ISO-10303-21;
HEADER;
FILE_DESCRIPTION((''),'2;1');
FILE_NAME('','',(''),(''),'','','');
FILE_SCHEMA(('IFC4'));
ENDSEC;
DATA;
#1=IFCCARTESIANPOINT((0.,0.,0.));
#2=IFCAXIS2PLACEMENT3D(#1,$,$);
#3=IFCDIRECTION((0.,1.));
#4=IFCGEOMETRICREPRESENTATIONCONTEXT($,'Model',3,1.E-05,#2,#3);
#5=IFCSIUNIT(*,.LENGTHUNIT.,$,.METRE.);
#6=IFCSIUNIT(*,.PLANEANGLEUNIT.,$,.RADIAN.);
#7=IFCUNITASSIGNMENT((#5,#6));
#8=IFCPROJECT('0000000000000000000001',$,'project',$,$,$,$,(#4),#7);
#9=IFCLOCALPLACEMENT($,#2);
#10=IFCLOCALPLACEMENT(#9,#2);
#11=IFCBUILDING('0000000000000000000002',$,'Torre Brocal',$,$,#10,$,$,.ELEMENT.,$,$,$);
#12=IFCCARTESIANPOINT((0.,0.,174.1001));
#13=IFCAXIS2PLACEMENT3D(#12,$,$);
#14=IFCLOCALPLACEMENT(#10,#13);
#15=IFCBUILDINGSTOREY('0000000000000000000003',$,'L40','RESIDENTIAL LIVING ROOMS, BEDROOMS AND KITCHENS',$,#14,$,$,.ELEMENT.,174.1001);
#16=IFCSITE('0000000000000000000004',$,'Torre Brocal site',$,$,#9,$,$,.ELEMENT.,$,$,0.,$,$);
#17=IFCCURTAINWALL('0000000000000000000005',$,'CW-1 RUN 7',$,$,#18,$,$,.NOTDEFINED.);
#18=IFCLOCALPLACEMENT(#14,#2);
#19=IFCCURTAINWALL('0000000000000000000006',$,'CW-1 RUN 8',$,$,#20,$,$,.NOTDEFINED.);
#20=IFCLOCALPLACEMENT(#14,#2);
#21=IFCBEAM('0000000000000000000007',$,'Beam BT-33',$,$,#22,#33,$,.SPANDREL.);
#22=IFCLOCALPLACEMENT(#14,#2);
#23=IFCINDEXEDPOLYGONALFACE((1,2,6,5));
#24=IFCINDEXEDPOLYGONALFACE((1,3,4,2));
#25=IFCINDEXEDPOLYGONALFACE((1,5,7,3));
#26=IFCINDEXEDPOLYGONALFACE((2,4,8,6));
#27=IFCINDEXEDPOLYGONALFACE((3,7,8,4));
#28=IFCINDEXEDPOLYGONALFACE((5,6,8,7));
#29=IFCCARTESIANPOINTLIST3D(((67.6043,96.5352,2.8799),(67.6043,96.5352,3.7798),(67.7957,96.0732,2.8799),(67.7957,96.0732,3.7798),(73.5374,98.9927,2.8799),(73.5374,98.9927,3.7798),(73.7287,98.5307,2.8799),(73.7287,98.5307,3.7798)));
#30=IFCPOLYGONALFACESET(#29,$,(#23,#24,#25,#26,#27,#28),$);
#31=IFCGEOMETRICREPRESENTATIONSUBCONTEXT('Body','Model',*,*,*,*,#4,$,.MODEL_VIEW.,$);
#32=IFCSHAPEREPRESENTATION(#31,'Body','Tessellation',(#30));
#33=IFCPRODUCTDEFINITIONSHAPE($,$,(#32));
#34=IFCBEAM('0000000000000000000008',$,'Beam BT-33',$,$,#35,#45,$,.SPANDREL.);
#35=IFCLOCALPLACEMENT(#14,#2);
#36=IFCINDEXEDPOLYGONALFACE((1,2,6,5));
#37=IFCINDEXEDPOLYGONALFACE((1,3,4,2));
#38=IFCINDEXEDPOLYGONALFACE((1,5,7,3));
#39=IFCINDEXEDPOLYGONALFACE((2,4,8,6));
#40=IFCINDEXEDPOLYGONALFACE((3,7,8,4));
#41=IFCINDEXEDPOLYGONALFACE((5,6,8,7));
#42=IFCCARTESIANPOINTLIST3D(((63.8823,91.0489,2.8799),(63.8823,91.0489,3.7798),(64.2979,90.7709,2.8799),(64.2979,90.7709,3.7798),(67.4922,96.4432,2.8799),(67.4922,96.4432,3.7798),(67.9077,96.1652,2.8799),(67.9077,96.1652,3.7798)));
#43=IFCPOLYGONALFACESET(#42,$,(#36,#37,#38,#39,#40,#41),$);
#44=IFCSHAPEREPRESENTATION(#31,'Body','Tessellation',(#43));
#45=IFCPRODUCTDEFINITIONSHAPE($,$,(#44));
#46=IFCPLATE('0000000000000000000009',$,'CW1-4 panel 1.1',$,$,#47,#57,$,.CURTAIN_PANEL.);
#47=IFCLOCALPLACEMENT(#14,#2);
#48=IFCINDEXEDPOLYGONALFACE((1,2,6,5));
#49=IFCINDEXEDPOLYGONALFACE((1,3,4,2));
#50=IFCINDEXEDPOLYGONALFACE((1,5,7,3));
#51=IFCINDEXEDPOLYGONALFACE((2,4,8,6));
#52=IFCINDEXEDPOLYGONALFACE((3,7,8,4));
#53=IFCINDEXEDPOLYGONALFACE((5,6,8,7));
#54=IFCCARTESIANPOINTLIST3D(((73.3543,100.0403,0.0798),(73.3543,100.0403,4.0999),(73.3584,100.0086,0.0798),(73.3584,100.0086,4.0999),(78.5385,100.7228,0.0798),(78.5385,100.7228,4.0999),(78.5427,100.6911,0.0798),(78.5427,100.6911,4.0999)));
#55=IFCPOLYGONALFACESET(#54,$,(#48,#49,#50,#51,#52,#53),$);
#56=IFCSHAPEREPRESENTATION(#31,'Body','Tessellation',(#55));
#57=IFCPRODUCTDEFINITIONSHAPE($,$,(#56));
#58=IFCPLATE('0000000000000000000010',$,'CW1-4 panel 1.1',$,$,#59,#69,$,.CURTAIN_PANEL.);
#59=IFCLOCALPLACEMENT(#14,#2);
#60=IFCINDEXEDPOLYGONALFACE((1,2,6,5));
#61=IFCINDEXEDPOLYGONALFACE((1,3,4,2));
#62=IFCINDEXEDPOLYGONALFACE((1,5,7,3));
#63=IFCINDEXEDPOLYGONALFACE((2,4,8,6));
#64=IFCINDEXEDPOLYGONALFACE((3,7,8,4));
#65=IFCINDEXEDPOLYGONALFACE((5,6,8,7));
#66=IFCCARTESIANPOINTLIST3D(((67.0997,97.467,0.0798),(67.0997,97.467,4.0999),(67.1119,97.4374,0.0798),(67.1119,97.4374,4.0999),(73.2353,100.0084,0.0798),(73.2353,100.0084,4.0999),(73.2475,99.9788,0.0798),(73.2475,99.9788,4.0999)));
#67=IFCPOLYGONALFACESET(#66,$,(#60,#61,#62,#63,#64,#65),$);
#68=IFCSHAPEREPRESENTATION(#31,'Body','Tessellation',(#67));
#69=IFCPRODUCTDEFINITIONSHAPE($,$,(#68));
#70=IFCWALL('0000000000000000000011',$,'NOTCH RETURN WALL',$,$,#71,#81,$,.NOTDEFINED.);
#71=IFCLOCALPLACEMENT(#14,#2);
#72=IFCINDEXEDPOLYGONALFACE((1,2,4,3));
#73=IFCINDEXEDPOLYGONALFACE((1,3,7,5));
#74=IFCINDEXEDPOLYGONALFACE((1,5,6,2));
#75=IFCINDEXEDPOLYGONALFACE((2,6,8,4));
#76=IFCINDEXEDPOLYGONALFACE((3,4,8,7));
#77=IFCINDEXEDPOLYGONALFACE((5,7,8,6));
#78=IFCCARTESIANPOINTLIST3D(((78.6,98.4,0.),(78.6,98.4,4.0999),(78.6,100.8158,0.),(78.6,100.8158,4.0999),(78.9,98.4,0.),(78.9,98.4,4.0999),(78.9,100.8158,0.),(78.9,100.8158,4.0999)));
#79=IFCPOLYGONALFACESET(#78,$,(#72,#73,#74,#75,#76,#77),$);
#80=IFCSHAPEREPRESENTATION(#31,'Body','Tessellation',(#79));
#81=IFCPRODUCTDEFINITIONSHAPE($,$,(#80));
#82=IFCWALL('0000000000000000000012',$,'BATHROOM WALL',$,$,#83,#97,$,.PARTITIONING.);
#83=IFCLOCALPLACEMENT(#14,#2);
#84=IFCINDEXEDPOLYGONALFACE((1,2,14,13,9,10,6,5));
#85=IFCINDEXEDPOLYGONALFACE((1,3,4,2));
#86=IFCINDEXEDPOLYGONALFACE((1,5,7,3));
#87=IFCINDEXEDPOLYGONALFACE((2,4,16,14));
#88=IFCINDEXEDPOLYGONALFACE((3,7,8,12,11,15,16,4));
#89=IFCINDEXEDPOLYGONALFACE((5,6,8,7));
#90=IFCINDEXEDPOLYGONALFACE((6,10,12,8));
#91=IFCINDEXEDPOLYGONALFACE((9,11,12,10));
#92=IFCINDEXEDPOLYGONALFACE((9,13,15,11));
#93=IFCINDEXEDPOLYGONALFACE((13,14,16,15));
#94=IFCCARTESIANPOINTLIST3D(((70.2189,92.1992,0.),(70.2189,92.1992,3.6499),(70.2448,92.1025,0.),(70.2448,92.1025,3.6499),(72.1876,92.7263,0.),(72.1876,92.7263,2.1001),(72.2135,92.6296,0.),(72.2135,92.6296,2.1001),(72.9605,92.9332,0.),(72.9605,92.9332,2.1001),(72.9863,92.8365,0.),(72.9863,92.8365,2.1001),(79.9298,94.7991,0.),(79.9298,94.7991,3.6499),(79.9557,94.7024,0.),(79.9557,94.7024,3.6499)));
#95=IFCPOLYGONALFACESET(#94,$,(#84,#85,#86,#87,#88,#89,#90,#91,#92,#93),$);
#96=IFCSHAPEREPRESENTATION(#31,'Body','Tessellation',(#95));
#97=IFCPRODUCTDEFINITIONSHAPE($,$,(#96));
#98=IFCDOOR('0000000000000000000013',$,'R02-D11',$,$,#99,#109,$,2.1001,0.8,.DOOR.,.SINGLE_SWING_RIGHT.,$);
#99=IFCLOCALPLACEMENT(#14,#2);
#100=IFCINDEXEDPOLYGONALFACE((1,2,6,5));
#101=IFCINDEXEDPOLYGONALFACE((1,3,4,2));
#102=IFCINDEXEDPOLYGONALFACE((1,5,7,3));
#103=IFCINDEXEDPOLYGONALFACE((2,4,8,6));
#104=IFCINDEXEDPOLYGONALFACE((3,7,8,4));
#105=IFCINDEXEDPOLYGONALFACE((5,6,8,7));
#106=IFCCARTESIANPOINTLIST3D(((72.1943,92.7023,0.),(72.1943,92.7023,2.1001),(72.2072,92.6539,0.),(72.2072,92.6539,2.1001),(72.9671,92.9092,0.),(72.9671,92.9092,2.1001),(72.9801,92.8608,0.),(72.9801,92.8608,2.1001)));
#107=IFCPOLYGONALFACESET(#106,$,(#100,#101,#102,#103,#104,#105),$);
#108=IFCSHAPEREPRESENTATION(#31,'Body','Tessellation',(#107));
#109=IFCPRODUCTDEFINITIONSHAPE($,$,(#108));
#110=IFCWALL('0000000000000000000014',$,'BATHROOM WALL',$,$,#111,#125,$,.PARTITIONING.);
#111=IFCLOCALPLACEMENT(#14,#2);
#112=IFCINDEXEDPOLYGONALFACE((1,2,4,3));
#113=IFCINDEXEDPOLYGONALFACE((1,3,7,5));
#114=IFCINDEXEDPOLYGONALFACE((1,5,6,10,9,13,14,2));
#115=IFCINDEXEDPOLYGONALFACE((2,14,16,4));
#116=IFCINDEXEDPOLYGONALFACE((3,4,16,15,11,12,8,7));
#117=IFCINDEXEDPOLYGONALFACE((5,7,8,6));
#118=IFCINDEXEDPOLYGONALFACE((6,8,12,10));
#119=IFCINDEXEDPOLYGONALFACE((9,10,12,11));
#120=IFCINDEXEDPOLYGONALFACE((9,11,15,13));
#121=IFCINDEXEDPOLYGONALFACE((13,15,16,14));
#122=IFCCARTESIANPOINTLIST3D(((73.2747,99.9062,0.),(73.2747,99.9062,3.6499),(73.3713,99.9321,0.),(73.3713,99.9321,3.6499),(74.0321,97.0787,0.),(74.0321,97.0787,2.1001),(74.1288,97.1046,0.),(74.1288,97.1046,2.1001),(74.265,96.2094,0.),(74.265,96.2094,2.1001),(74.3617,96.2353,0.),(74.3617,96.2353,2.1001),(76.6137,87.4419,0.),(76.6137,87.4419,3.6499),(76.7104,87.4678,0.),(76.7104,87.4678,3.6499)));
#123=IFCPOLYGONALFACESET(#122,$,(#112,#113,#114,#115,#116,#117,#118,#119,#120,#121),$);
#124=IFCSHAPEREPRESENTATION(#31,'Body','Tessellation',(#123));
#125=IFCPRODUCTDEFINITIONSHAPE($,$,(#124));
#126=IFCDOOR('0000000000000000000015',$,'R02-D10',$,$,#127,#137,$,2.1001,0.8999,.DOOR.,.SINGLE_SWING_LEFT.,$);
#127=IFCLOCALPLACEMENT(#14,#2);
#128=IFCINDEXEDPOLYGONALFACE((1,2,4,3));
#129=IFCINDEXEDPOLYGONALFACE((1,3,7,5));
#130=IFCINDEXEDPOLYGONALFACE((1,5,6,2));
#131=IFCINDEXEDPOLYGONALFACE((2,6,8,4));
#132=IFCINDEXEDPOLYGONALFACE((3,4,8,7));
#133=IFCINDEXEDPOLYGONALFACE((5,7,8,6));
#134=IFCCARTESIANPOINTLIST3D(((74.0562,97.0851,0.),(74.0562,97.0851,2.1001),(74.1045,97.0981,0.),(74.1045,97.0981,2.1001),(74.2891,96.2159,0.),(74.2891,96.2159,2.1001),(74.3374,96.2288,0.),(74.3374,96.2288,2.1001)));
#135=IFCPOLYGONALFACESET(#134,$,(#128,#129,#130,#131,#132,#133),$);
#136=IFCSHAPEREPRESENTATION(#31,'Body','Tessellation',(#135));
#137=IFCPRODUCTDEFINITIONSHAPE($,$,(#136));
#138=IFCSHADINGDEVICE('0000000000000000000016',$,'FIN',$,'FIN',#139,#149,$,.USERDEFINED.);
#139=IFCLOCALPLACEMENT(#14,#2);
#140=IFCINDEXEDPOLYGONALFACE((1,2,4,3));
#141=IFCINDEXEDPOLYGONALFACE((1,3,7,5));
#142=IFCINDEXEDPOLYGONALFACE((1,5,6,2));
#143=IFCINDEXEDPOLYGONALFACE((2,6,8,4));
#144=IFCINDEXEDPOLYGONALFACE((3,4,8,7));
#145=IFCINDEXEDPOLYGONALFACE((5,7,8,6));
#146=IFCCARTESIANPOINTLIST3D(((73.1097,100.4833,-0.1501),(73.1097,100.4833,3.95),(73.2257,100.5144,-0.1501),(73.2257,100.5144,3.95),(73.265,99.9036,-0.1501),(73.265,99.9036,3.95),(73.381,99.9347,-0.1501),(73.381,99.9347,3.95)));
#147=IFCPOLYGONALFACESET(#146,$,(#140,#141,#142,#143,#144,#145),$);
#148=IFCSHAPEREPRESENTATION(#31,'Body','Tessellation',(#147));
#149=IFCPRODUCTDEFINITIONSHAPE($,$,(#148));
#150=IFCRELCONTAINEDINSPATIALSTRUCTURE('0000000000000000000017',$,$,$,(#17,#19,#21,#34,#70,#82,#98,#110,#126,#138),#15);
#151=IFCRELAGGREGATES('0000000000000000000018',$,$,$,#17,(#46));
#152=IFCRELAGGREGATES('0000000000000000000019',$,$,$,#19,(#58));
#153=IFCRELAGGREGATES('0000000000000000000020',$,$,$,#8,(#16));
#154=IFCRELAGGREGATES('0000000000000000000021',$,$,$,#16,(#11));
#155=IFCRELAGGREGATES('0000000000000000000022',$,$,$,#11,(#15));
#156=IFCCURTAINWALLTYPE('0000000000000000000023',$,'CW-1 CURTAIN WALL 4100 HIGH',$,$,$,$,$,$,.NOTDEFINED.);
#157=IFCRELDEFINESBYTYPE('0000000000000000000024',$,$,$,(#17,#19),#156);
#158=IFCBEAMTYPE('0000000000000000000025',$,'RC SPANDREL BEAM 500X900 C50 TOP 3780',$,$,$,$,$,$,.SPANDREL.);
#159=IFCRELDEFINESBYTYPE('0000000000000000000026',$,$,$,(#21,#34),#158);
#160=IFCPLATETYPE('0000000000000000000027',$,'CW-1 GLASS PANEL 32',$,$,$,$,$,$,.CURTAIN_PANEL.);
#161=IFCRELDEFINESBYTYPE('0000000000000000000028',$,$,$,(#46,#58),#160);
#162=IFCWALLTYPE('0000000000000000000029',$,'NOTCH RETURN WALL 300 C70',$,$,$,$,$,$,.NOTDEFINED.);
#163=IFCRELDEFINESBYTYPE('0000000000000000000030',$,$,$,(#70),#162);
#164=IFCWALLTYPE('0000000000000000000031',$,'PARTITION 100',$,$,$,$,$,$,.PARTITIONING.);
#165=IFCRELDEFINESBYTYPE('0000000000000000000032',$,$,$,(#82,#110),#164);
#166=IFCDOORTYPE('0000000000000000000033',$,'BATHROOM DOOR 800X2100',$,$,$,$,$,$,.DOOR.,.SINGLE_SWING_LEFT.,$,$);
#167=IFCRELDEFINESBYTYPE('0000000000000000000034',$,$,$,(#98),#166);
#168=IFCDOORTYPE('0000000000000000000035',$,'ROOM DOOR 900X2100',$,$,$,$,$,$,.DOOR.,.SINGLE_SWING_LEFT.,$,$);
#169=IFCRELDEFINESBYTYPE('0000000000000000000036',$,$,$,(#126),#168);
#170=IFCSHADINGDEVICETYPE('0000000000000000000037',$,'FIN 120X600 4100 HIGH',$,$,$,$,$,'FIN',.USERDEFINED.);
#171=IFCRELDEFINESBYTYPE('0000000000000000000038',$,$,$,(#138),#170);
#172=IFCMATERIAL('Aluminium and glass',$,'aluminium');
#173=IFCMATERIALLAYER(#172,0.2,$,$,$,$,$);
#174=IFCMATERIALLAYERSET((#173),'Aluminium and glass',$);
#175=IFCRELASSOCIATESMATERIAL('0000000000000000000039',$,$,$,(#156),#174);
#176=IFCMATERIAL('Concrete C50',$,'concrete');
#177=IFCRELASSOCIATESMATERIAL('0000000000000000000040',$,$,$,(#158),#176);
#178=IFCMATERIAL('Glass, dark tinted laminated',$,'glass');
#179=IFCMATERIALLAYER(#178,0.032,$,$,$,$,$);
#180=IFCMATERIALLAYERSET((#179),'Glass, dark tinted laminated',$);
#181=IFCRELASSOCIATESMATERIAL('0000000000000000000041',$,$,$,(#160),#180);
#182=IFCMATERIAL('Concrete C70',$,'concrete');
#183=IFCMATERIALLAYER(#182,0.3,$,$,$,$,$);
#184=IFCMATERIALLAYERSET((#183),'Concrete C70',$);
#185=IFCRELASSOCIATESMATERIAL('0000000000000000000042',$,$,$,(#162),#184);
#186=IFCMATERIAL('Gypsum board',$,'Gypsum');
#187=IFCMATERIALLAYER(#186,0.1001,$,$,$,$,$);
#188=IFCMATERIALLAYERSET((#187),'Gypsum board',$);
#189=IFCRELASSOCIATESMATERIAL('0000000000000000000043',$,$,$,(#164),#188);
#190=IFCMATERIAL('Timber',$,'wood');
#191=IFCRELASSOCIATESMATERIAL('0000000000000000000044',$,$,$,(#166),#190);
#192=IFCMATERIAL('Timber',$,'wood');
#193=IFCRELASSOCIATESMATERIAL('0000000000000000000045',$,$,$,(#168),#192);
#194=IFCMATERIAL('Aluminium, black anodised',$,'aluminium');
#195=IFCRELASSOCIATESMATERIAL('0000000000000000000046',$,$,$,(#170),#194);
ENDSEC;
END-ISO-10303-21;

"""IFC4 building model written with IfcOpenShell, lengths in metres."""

from ifc_helpers import new_model, si_unit, direction, frame, frame_2d, origin, origin_2d, place, context, subcontext, project, spatial, rectangle, extrude, material, layer, layer_set, material_profile, profile_set, type_object, element, fill, aggregate, save


model = new_model("IFC4")

# Units and contexts
model_context = context("Model", 3, precision=1e-05, world=origin(), true_north=direction((0.0, 1.0)))
body_context = subcontext(model_context, "Body", "Model", "MODEL_VIEW")
ifc_project = project(units=[si_unit("LENGTHUNIT", "METRE"), si_unit("PLANEANGLEUNIT", "RADIAN")], contexts=[model_context])

# Site, building, storey
site_placement = place(None, origin())
site = spatial("IfcSite", under=ifc_project, at=site_placement, Name="Torre Brocal site", CompositionType="ELEMENT", RefElevation=0.0)
building_placement = place(site_placement, origin())
building = spatial("IfcBuilding", under=site, at=building_placement, Name="Torre Brocal", CompositionType="ELEMENT")
storey_placement = place(building_placement, frame((0.0, 0.0, 174.1001)))
storey = spatial("IfcBuildingStorey", under=building, at=storey_placement, Name="L40", Description="RESIDENTIAL LIVING ROOMS, BEDROOMS AND KITCHENS", CompositionType="ELEMENT", Elevation=174.1001)

# Curtain wall
ifc_material_1 = material(Name="Aluminium and glass", Category="aluminium")
ifc_layer_1 = layer(ifc_material_1, 0.2)
ifc_layer_set_1 = layer_set([ifc_layer_1], Name="Aluminium and glass")
curtain_wall_type = type_object("IfcCurtainWallType", Name="CW-1 CURTAIN WALL 4100 HIGH", PredefinedType="NOTDEFINED", material=ifc_layer_set_1)
curtain_wall_1_placement = place(storey_placement, origin())
curtain_wall_1 = element("IfcCurtainWall", 1, at=curtain_wall_1_placement, inside=storey, type_object=curtain_wall_type, Name="CW-1 RUN 7", PredefinedType="NOTDEFINED")

# Curtain wall
curtain_wall_2_placement = place(storey_placement, origin())
curtain_wall_2 = element("IfcCurtainWall", 2, at=curtain_wall_2_placement, inside=storey, type_object=curtain_wall_type, Name="CW-1 RUN 8", PredefinedType="NOTDEFINED")

# Beams
ifc_material_2 = material(Name="Concrete C50", Category="concrete")
ifc_material_profile_1 = material_profile(ifc_material_2, rectangle(XDim=0.5, YDim=0.8999, at=origin_2d()), Name="RC 500X900")
ifc_profile_set_1 = profile_set([ifc_material_profile_1], Name="Concrete C50")
beam_type_1 = type_object("IfcBeamType", Name="RC SPANDREL BEAM 500X900 C50 TOP 3780", PredefinedType="SPANDREL", material=ifc_profile_set_1)
beam_1_placement = place(storey_placement, frame((73.6331, 98.7617, 3.3298), z_axis=(-0.923882, -0.382676, 0.0), x_axis=(0.382676, -0.923882, 0.0)))
element("IfcBeam", 3, at=beam_1_placement, inside=storey, type_object=beam_type_1, Name="Beam BT-33", PredefinedType="SPANDREL", context=body_context, shape_type="SweptSolid", body=[
    extrude(rectangle(XDim=0.5, YDim=0.8999, at=origin_2d()), origin(), (0.0, 0.0, 1.0), 6.4219),
])
beam_2_placement = place(storey_placement, frame((67.7, 96.3042, 3.3298), z_axis=(-0.556158, -0.831077, 0.0), x_axis=(0.831077, -0.556158, 0.0)))
element("IfcBeam", 4, at=beam_2_placement, inside=storey, type_object=beam_type_1, Name="Beam BT-33", PredefinedType="SPANDREL", context=body_context, shape_type="SweptSolid", body=[
    extrude(rectangle(XDim=0.5, YDim=0.8999, at=origin_2d()), origin(), (0.0, 0.0, 1.0), 6.4907),
])

# Plates
ifc_material_3 = material(Name="Glass, dark tinted laminated", Category="glass")
ifc_layer_2 = layer(ifc_material_3, 0.032)
ifc_layer_set_2 = layer_set([ifc_layer_2], Name="Glass, dark tinted laminated")
plate_type = type_object("IfcPlateType", Name="CW-1 GLASS PANEL 32", PredefinedType="CURTAIN_PANEL", material=ifc_layer_set_2)
plate_1_placement = place(storey_placement, frame((75.9485, 100.3657, 0.0798), z_axis=(0.0, 0.0, 1.0), x_axis=(-0.991445, -0.130526, 0.0)))
plate_1 = element("IfcPlate", 5, at=plate_1_placement, type_object=plate_type, Name="CW1-4 panel 1.1", PredefinedType="CURTAIN_PANEL", context=body_context, shape_type="SweptSolid", body=[
    extrude(rectangle(XDim=5.229, YDim=0.032, at=origin_2d()), origin(), (0.0, 0.0, 1.0), 4.02),
])
aggregate(curtain_wall_1, [plate_1])
plate_2_placement = place(storey_placement, frame((70.1736, 98.7229, 0.0798), z_axis=(0.0, 0.0, 1.0), x_axis=(-0.92388, -0.382683, 0.0)))
plate_2 = element("IfcPlate", 6, at=plate_2_placement, type_object=plate_type, Name="CW1-4 panel 1.1", PredefinedType="CURTAIN_PANEL", context=body_context, shape_type="SweptSolid", body=[
    extrude(rectangle(XDim=6.6411, YDim=0.032, at=origin_2d()), origin(), (0.0, 0.0, 1.0), 4.02),
])
aggregate(curtain_wall_2, [plate_2])

# Wall
ifc_material_4 = material(Name="Concrete C70", Category="concrete")
ifc_layer_3 = layer(ifc_material_4, 0.3)
ifc_layer_set_3 = layer_set([ifc_layer_3], Name="Concrete C70")
wall_type_1 = type_object("IfcWallType", Name="NOTCH RETURN WALL 300 C70", PredefinedType="NOTDEFINED", material=ifc_layer_set_3)
wall_1_placement = place(storey_placement, frame((78.75, 98.3999, 0.0), z_axis=(0.0, 0.0, 1.0), x_axis=(0.0, 1.0, 0.0)))
element("IfcWall", 7, at=wall_1_placement, inside=storey, type_object=wall_type_1, Name="NOTCH RETURN WALL", PredefinedType="NOTDEFINED", context=body_context, shape_type="SweptSolid", body=[
    extrude(rectangle(XDim=2.4158, YDim=0.3, at=frame_2d((1.208, 0.0))), origin(), (0.0, 0.0, 1.0), 4.0999),
])

# Walls, openings, doors
ifc_material_5 = material(Name="Gypsum board", Category="Gypsum")
ifc_layer_4 = layer(ifc_material_5, 0.1001)
ifc_layer_set_4 = layer_set([ifc_layer_4], Name="Gypsum board")
wall_type_2 = type_object("IfcWallType", Name="PARTITION 100", PredefinedType="PARTITIONING", material=ifc_layer_set_4)
wall_2_placement = place(storey_placement, frame((70.2319, 92.1509, 0.0), z_axis=(0.0, 0.0, 1.0), x_axis=(0.96598, 0.258616, 0.0)))
wall_2 = element("IfcWall", 8, at=wall_2_placement, inside=storey, type_object=wall_type_2, Name="BATHROOM WALL", PredefinedType="PARTITIONING", context=body_context, shape_type="SweptSolid", body=[
    extrude(rectangle(XDim=10.053, YDim=0.1001, at=frame_2d((5.0264, 0.0))), origin(), (0.0, 0.0, 1.0), 3.6499),
])
opening_1_placement = place(wall_2_placement, frame((2.0381, 0.0, 0.0)))
opening_1 = element("IfcOpeningElement", 9, at=opening_1_placement, cuts=wall_2, PredefinedType="OPENING", context=body_context, shape_type="SweptSolid", body=[
    extrude(rectangle(XDim=0.8, YDim=2.1001, at=frame_2d((0.3999, 1.05))), frame((0.0, 0.0601, 0.0), z_axis=(0.0, -1.0, 0.0), x_axis=(1.0, 0.0, 0.0)), (0.0, 0.0, 1.0), 0.1201),
])
ifc_material_6 = material(Name="Timber", Category="wood")
door_type_1 = type_object("IfcDoorType", Name="BATHROOM DOOR 800X2100", OperationType="SINGLE_SWING_LEFT", PredefinedType="DOOR", material=ifc_material_6)
door_1_placement = place(opening_1_placement, frame((0.8, 0.0, 0.0), z_axis=(0.0, 0.0, 1.0), x_axis=(-1.0, 0.0, 0.0)))
door_1 = element("IfcDoor", 10, at=door_1_placement, inside=storey, type_object=door_type_1, Name="R02-D11", OperationType="SINGLE_SWING_RIGHT", OverallHeight=2.1001, OverallWidth=0.8, PredefinedType="DOOR", context=body_context, shape_type="SweptSolid", body=[
    extrude(rectangle(XDim=0.8, YDim=2.1001, at=frame_2d((0.3999, 1.05))), frame((0.0, 0.0249, 0.0), z_axis=(0.0, -1.0, 0.0), x_axis=(1.0, 0.0, 0.0)), (0.0, 0.0, 1.0), 0.05),
])
fill(opening_1, door_1)
wall_3_placement = place(storey_placement, frame((73.323, 99.9192, 0.0), z_axis=(0.0, 0.0, 1.0), x_axis=(0.258768, -0.965939, 0.0)))
wall_3 = element("IfcWall", 11, at=wall_3_placement, inside=storey, type_object=wall_type_2, Name="BATHROOM WALL", PredefinedType="PARTITIONING", context=body_context, shape_type="SweptSolid", body=[
    extrude(rectangle(XDim=12.9038, YDim=0.1001, at=frame_2d((6.4519, 0.0))), origin(), (0.0, 0.0, 1.0), 3.6499),
])
opening_2_placement = place(wall_3_placement, frame((2.9272, 0.0, 0.0)))
opening_2 = element("IfcOpeningElement", 12, at=opening_2_placement, cuts=wall_3, PredefinedType="OPENING", context=body_context, shape_type="SweptSolid", body=[
    extrude(rectangle(XDim=0.8999, YDim=2.1001, at=frame_2d((0.45, 1.05))), frame((0.0, 0.0601, 0.0), z_axis=(0.0, -1.0, 0.0), x_axis=(1.0, 0.0, 0.0)), (0.0, 0.0, 1.0), 0.1201),
])
ifc_material_7 = material(Name="Timber", Category="wood")
door_type_2 = type_object("IfcDoorType", Name="ROOM DOOR 900X2100", OperationType="SINGLE_SWING_LEFT", PredefinedType="DOOR", material=ifc_material_7)
door_2_placement = place(opening_2_placement, origin())
door_2 = element("IfcDoor", 13, at=door_2_placement, inside=storey, type_object=door_type_2, Name="R02-D10", OperationType="SINGLE_SWING_LEFT", OverallHeight=2.1001, OverallWidth=0.8999, PredefinedType="DOOR", context=body_context, shape_type="SweptSolid", body=[
    extrude(rectangle(XDim=0.8999, YDim=2.1001, at=frame_2d((0.45, 1.05))), frame((0.0, 0.0249, 0.0), z_axis=(0.0, -1.0, 0.0), x_axis=(1.0, 0.0, 0.0)), (0.0, 0.0, 1.0), 0.05),
])
fill(opening_2, door_2)

# Shading device
ifc_material_8 = material(Name="Aluminium, black anodised", Category="aluminium")
ifc_material_profile_2 = material_profile(ifc_material_8, rectangle(XDim=0.1201, YDim=0.6001, at=origin_2d()), Name="FIN 120X600 4100 HIGH")
ifc_profile_set_2 = profile_set([ifc_material_profile_2], Name="Aluminium, black anodised")
shading_device_type = type_object("IfcShadingDeviceType", Name="FIN 120X600 4100 HIGH", ElementType="FIN", PredefinedType="USERDEFINED", material=ifc_profile_set_2)
shading_device_placement = place(storey_placement, frame((73.2454, 100.209, -0.1501), z_axis=(0.0, 0.0, 1.0), x_axis=(-0.965926, -0.258819, 0.0)))
element("IfcShadingDevice", 14, at=shading_device_placement, inside=storey, type_object=shading_device_type, Name="FIN", ObjectType="FIN", PredefinedType="USERDEFINED", context=body_context, shape_type="SweptSolid", body=[
    extrude(rectangle(XDim=0.1201, YDim=0.6001, at=origin_2d()), origin(), (0.0, 0.0, 1.0), 4.1001),
])

save(model, "model.ifc")
